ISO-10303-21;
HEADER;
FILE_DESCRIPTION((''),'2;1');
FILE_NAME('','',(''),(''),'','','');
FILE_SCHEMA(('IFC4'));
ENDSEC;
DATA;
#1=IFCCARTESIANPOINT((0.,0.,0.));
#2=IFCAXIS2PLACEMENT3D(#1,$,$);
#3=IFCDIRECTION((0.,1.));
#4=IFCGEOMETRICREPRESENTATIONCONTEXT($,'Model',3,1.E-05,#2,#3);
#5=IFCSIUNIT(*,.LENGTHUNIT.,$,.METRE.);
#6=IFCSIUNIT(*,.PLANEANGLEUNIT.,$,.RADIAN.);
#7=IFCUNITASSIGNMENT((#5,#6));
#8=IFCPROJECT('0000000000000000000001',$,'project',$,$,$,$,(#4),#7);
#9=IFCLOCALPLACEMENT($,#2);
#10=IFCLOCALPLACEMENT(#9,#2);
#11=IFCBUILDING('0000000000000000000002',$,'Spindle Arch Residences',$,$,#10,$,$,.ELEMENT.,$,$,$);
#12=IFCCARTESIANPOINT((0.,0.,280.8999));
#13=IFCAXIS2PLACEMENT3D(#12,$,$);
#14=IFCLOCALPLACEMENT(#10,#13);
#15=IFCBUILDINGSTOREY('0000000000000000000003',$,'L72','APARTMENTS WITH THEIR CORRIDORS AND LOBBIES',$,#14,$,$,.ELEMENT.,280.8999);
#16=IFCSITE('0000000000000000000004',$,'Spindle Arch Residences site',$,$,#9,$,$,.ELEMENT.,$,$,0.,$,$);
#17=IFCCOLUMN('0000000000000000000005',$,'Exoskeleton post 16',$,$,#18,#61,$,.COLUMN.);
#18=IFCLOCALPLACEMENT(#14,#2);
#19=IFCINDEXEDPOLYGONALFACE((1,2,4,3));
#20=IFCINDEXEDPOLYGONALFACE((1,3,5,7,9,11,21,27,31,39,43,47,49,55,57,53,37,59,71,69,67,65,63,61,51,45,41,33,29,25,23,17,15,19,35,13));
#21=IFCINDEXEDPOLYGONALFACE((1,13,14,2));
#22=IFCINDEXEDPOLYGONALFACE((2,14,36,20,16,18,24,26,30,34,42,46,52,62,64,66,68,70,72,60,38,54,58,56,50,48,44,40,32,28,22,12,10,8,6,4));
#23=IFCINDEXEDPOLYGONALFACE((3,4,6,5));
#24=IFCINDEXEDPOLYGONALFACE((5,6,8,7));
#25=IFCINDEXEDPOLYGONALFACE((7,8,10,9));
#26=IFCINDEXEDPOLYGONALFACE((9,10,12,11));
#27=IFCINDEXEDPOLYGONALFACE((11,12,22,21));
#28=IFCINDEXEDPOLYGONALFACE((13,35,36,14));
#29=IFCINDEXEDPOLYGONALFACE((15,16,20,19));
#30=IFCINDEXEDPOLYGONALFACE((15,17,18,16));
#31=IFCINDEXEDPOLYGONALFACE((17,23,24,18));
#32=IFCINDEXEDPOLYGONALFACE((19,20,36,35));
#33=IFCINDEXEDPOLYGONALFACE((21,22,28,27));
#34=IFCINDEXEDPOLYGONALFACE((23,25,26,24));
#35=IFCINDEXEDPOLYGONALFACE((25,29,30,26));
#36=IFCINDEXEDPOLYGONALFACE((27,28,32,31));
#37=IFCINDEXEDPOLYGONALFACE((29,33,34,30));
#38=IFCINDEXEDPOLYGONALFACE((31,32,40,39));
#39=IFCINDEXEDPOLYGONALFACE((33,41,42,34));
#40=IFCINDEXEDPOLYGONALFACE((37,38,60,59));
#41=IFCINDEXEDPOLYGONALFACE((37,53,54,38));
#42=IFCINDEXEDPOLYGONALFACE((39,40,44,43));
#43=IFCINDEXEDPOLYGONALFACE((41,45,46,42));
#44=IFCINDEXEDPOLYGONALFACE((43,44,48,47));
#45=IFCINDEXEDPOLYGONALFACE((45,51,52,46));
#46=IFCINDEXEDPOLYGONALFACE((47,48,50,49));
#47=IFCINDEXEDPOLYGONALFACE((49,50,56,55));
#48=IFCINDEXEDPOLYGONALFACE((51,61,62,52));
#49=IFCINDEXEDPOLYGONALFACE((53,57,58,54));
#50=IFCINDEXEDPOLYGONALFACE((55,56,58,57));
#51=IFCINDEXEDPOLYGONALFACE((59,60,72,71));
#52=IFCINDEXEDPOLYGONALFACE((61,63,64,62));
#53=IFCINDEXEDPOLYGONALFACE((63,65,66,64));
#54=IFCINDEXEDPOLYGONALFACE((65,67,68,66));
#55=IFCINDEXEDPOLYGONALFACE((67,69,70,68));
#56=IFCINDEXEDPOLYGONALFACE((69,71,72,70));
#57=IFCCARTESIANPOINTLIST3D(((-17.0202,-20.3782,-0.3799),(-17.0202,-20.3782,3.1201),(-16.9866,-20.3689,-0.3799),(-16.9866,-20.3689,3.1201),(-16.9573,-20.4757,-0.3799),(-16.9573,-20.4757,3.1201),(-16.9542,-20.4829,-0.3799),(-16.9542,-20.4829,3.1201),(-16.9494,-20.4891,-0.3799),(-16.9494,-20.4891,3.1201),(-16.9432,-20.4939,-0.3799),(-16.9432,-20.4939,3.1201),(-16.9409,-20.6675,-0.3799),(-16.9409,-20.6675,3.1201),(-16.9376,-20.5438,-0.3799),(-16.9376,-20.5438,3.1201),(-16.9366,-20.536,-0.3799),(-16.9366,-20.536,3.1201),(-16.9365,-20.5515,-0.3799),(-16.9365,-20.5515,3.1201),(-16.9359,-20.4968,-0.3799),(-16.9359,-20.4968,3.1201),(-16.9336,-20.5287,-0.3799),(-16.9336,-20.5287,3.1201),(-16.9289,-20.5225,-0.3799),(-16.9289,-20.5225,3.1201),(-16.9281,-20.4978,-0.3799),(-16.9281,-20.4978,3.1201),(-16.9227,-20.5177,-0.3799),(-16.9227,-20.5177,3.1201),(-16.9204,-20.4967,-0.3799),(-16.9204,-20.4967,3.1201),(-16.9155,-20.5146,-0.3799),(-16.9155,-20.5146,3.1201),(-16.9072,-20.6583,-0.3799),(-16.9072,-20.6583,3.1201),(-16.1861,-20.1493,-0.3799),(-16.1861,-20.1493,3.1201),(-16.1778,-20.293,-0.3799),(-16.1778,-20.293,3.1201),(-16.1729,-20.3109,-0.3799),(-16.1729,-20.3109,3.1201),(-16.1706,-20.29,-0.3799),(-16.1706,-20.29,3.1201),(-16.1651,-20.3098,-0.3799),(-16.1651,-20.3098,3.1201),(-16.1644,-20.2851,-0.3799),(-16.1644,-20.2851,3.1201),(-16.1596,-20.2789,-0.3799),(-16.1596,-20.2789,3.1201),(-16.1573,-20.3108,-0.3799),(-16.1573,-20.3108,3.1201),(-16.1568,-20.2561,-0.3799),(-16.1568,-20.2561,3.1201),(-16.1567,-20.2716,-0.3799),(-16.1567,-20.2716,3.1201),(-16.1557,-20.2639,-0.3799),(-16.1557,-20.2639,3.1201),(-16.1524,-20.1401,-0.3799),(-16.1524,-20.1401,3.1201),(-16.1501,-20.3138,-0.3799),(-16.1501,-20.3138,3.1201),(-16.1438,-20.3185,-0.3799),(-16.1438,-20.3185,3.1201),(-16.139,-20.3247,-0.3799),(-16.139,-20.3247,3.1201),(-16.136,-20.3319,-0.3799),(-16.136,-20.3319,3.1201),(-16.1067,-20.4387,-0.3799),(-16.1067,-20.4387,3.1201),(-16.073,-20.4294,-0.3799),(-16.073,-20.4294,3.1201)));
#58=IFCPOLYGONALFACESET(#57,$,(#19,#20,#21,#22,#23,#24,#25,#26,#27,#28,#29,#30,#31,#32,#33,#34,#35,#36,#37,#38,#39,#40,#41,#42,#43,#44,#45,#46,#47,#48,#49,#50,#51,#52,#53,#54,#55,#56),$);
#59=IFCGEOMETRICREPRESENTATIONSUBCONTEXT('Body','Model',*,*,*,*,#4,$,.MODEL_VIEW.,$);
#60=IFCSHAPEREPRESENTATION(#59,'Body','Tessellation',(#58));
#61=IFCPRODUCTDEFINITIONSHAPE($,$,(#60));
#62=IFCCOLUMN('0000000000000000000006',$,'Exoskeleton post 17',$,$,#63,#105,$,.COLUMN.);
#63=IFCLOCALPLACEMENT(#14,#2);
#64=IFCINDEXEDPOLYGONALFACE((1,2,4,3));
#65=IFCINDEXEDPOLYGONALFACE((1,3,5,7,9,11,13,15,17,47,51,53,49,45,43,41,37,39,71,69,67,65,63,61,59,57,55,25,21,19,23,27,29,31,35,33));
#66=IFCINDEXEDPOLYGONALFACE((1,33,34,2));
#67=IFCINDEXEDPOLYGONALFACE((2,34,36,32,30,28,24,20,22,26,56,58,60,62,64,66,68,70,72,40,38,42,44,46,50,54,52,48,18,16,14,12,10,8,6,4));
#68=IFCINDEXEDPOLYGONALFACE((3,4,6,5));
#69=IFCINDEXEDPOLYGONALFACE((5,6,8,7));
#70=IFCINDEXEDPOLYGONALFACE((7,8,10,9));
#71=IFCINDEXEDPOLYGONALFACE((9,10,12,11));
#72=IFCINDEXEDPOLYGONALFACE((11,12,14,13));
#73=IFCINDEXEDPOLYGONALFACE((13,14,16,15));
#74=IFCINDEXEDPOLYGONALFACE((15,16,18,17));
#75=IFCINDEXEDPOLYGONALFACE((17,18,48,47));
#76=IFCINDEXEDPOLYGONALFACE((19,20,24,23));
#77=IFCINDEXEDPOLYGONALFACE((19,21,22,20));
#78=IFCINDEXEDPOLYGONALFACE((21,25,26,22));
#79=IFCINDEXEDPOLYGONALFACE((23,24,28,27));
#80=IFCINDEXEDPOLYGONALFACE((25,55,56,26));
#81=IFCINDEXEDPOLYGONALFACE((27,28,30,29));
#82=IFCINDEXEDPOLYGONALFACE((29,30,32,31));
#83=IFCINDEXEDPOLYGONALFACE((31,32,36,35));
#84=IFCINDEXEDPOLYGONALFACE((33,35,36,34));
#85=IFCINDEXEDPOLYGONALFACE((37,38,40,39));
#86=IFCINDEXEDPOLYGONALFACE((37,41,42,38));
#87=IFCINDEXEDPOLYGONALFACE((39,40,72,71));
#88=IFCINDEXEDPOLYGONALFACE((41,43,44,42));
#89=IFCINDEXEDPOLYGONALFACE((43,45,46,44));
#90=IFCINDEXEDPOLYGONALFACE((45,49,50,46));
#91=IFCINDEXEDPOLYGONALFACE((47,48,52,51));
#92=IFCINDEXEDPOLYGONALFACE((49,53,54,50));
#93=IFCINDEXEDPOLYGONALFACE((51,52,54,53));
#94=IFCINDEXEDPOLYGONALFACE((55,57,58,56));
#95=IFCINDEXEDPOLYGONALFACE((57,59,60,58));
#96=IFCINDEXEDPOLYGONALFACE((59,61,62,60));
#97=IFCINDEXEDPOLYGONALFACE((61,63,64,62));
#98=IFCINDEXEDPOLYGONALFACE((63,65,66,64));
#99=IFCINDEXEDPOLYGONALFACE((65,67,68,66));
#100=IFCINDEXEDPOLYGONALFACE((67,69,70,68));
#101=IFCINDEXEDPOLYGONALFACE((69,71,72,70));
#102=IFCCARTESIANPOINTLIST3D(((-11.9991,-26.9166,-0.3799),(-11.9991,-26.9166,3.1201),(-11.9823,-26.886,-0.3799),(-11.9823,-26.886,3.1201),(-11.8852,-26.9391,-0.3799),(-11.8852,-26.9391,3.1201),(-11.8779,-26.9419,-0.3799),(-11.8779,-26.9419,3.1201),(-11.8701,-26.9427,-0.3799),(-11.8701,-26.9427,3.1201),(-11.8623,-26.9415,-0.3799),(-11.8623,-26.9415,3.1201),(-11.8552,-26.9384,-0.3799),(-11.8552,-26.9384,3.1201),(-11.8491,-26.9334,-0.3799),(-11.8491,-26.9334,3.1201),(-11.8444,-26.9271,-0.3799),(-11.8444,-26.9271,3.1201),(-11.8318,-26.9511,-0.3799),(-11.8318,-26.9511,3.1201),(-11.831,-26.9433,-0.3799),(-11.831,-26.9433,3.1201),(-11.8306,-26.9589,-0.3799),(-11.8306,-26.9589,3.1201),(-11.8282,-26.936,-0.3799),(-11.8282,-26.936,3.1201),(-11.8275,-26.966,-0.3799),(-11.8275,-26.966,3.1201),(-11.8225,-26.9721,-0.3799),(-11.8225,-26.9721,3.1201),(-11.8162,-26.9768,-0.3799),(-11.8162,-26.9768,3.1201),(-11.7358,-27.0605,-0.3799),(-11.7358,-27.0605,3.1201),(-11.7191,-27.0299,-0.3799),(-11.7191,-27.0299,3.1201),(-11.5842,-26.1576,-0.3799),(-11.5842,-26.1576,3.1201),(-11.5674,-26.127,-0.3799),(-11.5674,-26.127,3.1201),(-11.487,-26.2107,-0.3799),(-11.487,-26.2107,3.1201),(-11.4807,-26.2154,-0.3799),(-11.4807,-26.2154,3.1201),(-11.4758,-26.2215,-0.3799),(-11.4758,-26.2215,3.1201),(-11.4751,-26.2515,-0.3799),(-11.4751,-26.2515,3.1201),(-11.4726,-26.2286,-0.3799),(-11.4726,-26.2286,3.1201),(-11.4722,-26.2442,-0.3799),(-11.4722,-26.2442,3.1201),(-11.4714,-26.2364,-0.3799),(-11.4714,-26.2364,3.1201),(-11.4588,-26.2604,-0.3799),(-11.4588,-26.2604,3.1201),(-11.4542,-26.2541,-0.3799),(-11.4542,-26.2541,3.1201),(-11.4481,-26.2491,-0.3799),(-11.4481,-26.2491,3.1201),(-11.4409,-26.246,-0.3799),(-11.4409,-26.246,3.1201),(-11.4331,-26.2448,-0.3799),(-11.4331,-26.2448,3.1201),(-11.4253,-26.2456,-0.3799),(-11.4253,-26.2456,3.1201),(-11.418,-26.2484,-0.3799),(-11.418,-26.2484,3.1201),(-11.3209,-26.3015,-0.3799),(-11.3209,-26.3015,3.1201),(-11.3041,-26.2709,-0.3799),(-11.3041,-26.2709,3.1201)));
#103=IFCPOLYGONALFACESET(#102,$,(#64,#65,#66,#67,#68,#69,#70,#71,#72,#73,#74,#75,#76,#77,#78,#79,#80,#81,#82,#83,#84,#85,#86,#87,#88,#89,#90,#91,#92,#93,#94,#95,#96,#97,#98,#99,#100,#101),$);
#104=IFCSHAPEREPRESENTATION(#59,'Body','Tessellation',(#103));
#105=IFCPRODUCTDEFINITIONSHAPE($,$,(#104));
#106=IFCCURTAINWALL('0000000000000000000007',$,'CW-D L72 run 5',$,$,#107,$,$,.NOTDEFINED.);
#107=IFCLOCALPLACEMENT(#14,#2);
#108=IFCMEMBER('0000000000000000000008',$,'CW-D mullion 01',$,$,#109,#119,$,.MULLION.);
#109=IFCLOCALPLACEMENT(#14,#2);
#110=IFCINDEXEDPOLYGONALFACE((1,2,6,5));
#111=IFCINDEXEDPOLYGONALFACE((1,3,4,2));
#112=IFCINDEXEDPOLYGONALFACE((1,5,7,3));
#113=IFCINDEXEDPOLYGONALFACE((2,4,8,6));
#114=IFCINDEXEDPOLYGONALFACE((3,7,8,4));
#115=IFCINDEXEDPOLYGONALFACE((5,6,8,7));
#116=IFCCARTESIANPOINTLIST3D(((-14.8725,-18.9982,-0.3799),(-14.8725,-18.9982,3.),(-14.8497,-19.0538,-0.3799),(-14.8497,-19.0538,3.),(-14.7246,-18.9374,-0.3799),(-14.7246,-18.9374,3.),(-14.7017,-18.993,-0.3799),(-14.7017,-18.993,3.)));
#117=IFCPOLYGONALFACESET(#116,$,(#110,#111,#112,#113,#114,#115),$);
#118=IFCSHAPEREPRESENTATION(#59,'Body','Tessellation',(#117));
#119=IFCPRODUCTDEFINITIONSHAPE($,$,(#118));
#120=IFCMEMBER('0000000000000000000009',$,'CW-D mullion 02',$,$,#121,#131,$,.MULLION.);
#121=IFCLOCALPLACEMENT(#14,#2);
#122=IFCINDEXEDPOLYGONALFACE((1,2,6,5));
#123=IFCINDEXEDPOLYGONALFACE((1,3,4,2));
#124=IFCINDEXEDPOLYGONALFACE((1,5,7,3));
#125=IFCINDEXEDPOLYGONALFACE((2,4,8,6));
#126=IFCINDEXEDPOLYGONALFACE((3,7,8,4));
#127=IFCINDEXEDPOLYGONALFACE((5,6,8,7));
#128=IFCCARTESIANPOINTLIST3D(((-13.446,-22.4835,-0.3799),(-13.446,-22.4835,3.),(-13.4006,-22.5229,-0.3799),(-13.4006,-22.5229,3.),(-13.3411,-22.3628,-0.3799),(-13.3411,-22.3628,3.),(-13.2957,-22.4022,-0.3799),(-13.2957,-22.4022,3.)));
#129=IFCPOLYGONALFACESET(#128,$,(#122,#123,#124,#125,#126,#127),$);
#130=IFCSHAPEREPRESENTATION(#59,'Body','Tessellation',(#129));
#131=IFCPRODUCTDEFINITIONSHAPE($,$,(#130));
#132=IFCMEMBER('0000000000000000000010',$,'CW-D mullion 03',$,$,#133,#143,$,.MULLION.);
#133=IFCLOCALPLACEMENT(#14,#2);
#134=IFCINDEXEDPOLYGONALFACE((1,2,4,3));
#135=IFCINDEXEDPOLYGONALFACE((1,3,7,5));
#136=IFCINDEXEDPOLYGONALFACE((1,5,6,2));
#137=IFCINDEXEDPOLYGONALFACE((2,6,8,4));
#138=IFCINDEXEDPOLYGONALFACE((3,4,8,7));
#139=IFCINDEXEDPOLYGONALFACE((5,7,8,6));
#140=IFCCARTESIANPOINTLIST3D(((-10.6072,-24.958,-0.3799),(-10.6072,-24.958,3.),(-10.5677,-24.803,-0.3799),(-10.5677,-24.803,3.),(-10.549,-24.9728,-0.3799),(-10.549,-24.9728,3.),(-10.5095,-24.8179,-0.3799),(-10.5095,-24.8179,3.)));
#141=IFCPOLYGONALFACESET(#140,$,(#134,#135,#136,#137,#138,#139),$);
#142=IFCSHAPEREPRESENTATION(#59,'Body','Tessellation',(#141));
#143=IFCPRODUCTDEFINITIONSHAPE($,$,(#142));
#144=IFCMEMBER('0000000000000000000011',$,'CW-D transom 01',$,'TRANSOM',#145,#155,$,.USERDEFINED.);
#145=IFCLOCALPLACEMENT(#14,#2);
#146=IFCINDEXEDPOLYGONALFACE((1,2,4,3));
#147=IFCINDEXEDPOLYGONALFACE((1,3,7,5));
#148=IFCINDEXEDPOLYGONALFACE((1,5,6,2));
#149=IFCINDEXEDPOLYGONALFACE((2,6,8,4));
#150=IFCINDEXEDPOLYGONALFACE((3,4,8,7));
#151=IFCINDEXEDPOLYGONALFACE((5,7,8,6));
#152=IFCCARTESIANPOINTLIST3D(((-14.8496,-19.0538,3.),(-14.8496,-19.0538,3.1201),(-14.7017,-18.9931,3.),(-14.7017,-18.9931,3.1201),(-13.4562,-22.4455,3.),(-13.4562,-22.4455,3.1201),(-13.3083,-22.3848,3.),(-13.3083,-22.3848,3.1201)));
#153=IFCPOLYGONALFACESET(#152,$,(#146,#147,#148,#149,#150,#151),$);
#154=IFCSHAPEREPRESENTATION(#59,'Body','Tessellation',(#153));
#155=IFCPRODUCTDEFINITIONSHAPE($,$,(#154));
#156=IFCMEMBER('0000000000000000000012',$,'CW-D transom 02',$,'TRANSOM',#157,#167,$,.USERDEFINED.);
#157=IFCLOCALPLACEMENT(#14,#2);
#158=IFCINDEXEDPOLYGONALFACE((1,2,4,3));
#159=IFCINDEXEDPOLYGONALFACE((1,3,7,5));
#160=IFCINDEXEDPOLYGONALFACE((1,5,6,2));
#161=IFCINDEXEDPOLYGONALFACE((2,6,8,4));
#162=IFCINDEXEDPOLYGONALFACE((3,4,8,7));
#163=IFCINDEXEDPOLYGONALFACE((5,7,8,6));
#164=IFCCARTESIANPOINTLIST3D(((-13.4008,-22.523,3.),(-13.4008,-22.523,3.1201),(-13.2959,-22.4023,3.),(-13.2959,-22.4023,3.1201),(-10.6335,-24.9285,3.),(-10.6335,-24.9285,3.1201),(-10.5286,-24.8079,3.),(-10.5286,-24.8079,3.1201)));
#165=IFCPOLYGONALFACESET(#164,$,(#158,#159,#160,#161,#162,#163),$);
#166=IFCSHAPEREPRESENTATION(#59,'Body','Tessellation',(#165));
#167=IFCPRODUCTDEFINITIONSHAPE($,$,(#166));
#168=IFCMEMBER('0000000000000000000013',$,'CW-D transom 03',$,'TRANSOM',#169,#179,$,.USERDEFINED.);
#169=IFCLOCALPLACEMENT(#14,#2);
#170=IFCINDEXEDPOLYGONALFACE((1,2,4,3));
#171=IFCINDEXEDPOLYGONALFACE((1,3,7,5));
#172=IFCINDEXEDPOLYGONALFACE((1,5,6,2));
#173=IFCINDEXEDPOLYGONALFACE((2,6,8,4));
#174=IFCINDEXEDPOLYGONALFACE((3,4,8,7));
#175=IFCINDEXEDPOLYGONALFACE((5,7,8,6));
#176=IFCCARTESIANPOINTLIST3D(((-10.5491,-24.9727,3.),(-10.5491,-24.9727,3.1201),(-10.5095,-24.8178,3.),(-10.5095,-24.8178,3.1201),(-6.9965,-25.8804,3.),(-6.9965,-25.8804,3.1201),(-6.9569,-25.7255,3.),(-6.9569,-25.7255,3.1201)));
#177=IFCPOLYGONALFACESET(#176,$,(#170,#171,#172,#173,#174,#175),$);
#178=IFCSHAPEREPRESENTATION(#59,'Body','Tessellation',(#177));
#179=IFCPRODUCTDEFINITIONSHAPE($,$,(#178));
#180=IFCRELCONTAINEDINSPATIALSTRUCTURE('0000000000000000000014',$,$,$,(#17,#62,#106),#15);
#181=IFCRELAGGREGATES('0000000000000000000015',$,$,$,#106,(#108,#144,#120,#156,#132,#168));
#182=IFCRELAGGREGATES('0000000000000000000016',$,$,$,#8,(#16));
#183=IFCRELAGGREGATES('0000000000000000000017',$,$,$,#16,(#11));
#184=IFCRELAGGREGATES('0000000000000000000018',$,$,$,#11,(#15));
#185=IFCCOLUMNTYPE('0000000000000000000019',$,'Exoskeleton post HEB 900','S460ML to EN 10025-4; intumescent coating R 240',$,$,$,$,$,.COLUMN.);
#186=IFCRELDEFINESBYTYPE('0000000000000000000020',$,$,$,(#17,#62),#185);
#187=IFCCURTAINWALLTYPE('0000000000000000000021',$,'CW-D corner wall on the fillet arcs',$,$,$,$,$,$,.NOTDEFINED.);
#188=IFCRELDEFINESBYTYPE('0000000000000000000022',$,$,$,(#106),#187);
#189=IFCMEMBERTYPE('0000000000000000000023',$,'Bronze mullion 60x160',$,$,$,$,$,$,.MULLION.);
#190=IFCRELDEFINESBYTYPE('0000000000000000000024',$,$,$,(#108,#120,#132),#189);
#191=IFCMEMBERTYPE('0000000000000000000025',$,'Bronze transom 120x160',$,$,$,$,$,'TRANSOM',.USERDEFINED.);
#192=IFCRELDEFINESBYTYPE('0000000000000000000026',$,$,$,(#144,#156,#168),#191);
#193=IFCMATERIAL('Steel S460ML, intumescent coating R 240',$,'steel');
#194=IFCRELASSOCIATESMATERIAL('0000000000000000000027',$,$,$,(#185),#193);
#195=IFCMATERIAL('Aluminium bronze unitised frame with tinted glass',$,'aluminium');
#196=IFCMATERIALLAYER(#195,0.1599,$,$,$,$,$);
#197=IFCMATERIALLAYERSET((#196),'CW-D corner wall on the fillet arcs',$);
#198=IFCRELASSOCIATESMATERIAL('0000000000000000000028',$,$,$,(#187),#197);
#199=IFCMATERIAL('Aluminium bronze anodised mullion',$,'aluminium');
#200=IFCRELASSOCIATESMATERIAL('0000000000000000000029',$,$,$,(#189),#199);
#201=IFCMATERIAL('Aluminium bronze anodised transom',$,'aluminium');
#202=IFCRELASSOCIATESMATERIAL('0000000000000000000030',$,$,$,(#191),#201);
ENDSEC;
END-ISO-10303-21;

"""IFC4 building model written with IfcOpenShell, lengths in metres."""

from ifc_helpers import new_model, si_unit, direction, frame, origin, origin_2d, place, context, subcontext, project, spatial, rectangle, i_section, extrude, material, layer, layer_set, material_profile, profile_set, type_object, element, aggregate, save


model = new_model("IFC4")

# Units and contexts
model_context = context("Model", 3, precision=1e-05, world=origin(), true_north=direction((0.0, 1.0)))
body_context = subcontext(model_context, "Body", "Model", "MODEL_VIEW")
ifc_project = project(units=[si_unit("LENGTHUNIT", "METRE"), si_unit("PLANEANGLEUNIT", "RADIAN")], contexts=[model_context])

# Site, building, storey
site_placement = place(None, origin())
site = spatial("IfcSite", under=ifc_project, at=site_placement, Name="Spindle Arch Residences site", CompositionType="ELEMENT", RefElevation=0.0)
building_placement = place(site_placement, origin())
building = spatial("IfcBuilding", under=site, at=building_placement, Name="Spindle Arch Residences", CompositionType="ELEMENT")
storey_placement = place(building_placement, frame((0.0, 0.0, 280.8999)))
storey = spatial("IfcBuildingStorey", under=building, at=storey_placement, Name="L72", Description="APARTMENTS WITH THEIR CORRIDORS AND LOBBIES", CompositionType="ELEMENT", Elevation=280.8999)

# Columns
ifc_material_1 = material(Name="Steel S460ML, intumescent coating R 240", Category="steel")
ifc_material_profile_1 = material_profile(ifc_material_1, i_section(OverallWidth=0.3, OverallDepth=0.8999, WebThickness=0.0186, FlangeThickness=0.0349, FilletRadius=0.03, at=origin_2d()), Name="HEB 900")
ifc_profile_set_1 = profile_set([ifc_material_profile_1], Name="Steel S460ML, intumescent coating R 240")
column_type = type_object("IfcColumnType", Name="Exoskeleton post HEB 900", Description="S460ML to EN 10025-4; intumescent coating R 240", PredefinedType="COLUMN", material=ifc_profile_set_1)
for number, where, z_axis, x_axis, name in (
    (1, (-16.5466, -20.4038, -0.3799), (0.0, 0.0, 1.0), (-0.264569, 0.964367, 0.0), "Exoskeleton post 16"),
    (2, (-11.6516, -26.5938, -0.3799), (0.0, 0.0, 1.0), (-0.877435, 0.479696, 0.0), "Exoskeleton post 17"),
):
    element("IfcColumn", number, at=place(storey_placement, frame(where, z_axis=z_axis, x_axis=x_axis)), inside=storey, type_object=column_type, Name=name, PredefinedType="COLUMN", context=body_context, shape_type="SweptSolid", body=[
        extrude(i_section(OverallWidth=0.3, OverallDepth=0.8999, WebThickness=0.0186, FlangeThickness=0.0349, FilletRadius=0.03, at=origin_2d()), origin(), (0.0, 0.0, 1.0), 3.5),
    ])

# Curtain wall, members
ifc_material_2 = material(Name="Aluminium bronze unitised frame with tinted glass", Category="aluminium")
ifc_layer_1 = layer(ifc_material_2, 0.1599)
ifc_layer_set_1 = layer_set([ifc_layer_1], Name="CW-D corner wall on the fillet arcs")
curtain_wall_type = type_object("IfcCurtainWallType", Name="CW-D corner wall on the fillet arcs", PredefinedType="NOTDEFINED", material=ifc_layer_set_1)
curtain_wall_placement = place(storey_placement, origin())
curtain_wall = element("IfcCurtainWall", 3, at=curtain_wall_placement, inside=storey, type_object=curtain_wall_type, Name="CW-D L72 run 5", PredefinedType="NOTDEFINED")
ifc_material_3 = material(Name="Aluminium bronze anodised mullion", Category="aluminium")
ifc_material_profile_2 = material_profile(ifc_material_3, rectangle(XDim=0.1599, YDim=0.0601, at=origin_2d()), Name="MU 60x160")
ifc_profile_set_2 = profile_set([ifc_material_profile_2], Name="Aluminium bronze anodised mullion")
member_type_1 = type_object("IfcMemberType", Name="Bronze mullion 60x160", PredefinedType="MULLION", material=ifc_profile_set_2)
member_1_placement = place(storey_placement, frame((-14.7871, -18.9956, -0.3799), z_axis=(0.0, 0.0, 1.0), x_axis=(0.924989, 0.379994, 0.0)))
member_1 = element("IfcMember", 4, at=member_1_placement, type_object=member_type_1, Name="CW-D mullion 01", PredefinedType="MULLION", context=body_context, shape_type="SweptSolid", body=[
    extrude(rectangle(XDim=0.1599, YDim=0.0601, at=origin_2d()), origin(), (0.0, 0.0, 1.0), 3.3799),
])
member_2_placement = place(storey_placement, frame((-13.3708, -22.4429, -0.3799), z_axis=(0.0, 0.0, 1.0), x_axis=(0.656059, 0.75471, 0.0)))
member_2 = element("IfcMember", 5, at=member_2_placement, type_object=member_type_1, Name="CW-D mullion 02", PredefinedType="MULLION", context=body_context, shape_type="SweptSolid", body=[
    extrude(rectangle(XDim=0.1599, YDim=0.0601, at=origin_2d()), origin(), (0.0, 0.0, 1.0), 3.3799),
])
member_3_placement = place(storey_placement, frame((-10.5583, -24.8879, -0.3799), z_axis=(0.0, 0.0, 1.0), x_axis=(0.247563, 0.968872, 0.0)))
member_3 = element("IfcMember", 6, at=member_3_placement, type_object=member_type_1, Name="CW-D mullion 03", PredefinedType="MULLION", context=body_context, shape_type="SweptSolid", body=[
    extrude(rectangle(XDim=0.1599, YDim=0.0601, at=origin_2d()), origin(), (0.0, 0.0, 1.0), 3.3799),
])
ifc_material_4 = material(Name="Aluminium bronze anodised transom", Category="aluminium")
ifc_material_profile_3 = material_profile(ifc_material_4, rectangle(XDim=0.1599, YDim=0.1201, at=origin_2d()), Name="TR 120x160")
ifc_profile_set_3 = profile_set([ifc_material_profile_3], Name="Aluminium bronze anodised transom")
member_type_2 = type_object("IfcMemberType", Name="Bronze transom 120x160", ElementType="TRANSOM", PredefinedType="USERDEFINED", material=ifc_profile_set_3)
member_4_placement = place(storey_placement, frame((-14.7756, -19.0234, 3.0601), z_axis=(0.379996, -0.924988, 0.0), x_axis=(0.924988, 0.379996, 0.0)))
member_4 = element("IfcMember", 7, at=member_4_placement, type_object=member_type_2, Name="CW-D transom 01", ObjectType="TRANSOM", PredefinedType="USERDEFINED", context=body_context, shape_type="SweptSolid", body=[
    extrude(rectangle(XDim=0.1599, YDim=0.1201, at=origin_2d()), origin(), (0.0, 0.0, 1.0), 3.6667),
])
member_5_placement = place(storey_placement, frame((-13.3484, -22.4626, 3.0601), z_axis=(0.754722, -0.656045, 0.0), x_axis=(0.656045, 0.754722, 0.0)))
member_5 = element("IfcMember", 8, at=member_5_placement, type_object=member_type_2, Name="CW-D transom 02", ObjectType="TRANSOM", PredefinedType="USERDEFINED", context=body_context, shape_type="SweptSolid", body=[
    extrude(rectangle(XDim=0.1599, YDim=0.1201, at=origin_2d()), origin(), (0.0, 0.0, 1.0), 3.6667),
])
member_6_placement = place(storey_placement, frame((-10.5293, -24.8953, 3.0601), z_axis=(0.968876, -0.247545, 0.0), x_axis=(0.247545, 0.968876, 0.0)))
member_6 = element("IfcMember", 9, at=member_6_placement, type_object=member_type_2, Name="CW-D transom 03", ObjectType="TRANSOM", PredefinedType="USERDEFINED", context=body_context, shape_type="SweptSolid", body=[
    extrude(rectangle(XDim=0.1599, YDim=0.1201, at=origin_2d()), origin(), (0.0, 0.0, 1.0), 3.6667),
])

aggregate(curtain_wall, [member_1, member_4, member_2, member_5, member_3, member_6])

save(model, "model.ifc")
